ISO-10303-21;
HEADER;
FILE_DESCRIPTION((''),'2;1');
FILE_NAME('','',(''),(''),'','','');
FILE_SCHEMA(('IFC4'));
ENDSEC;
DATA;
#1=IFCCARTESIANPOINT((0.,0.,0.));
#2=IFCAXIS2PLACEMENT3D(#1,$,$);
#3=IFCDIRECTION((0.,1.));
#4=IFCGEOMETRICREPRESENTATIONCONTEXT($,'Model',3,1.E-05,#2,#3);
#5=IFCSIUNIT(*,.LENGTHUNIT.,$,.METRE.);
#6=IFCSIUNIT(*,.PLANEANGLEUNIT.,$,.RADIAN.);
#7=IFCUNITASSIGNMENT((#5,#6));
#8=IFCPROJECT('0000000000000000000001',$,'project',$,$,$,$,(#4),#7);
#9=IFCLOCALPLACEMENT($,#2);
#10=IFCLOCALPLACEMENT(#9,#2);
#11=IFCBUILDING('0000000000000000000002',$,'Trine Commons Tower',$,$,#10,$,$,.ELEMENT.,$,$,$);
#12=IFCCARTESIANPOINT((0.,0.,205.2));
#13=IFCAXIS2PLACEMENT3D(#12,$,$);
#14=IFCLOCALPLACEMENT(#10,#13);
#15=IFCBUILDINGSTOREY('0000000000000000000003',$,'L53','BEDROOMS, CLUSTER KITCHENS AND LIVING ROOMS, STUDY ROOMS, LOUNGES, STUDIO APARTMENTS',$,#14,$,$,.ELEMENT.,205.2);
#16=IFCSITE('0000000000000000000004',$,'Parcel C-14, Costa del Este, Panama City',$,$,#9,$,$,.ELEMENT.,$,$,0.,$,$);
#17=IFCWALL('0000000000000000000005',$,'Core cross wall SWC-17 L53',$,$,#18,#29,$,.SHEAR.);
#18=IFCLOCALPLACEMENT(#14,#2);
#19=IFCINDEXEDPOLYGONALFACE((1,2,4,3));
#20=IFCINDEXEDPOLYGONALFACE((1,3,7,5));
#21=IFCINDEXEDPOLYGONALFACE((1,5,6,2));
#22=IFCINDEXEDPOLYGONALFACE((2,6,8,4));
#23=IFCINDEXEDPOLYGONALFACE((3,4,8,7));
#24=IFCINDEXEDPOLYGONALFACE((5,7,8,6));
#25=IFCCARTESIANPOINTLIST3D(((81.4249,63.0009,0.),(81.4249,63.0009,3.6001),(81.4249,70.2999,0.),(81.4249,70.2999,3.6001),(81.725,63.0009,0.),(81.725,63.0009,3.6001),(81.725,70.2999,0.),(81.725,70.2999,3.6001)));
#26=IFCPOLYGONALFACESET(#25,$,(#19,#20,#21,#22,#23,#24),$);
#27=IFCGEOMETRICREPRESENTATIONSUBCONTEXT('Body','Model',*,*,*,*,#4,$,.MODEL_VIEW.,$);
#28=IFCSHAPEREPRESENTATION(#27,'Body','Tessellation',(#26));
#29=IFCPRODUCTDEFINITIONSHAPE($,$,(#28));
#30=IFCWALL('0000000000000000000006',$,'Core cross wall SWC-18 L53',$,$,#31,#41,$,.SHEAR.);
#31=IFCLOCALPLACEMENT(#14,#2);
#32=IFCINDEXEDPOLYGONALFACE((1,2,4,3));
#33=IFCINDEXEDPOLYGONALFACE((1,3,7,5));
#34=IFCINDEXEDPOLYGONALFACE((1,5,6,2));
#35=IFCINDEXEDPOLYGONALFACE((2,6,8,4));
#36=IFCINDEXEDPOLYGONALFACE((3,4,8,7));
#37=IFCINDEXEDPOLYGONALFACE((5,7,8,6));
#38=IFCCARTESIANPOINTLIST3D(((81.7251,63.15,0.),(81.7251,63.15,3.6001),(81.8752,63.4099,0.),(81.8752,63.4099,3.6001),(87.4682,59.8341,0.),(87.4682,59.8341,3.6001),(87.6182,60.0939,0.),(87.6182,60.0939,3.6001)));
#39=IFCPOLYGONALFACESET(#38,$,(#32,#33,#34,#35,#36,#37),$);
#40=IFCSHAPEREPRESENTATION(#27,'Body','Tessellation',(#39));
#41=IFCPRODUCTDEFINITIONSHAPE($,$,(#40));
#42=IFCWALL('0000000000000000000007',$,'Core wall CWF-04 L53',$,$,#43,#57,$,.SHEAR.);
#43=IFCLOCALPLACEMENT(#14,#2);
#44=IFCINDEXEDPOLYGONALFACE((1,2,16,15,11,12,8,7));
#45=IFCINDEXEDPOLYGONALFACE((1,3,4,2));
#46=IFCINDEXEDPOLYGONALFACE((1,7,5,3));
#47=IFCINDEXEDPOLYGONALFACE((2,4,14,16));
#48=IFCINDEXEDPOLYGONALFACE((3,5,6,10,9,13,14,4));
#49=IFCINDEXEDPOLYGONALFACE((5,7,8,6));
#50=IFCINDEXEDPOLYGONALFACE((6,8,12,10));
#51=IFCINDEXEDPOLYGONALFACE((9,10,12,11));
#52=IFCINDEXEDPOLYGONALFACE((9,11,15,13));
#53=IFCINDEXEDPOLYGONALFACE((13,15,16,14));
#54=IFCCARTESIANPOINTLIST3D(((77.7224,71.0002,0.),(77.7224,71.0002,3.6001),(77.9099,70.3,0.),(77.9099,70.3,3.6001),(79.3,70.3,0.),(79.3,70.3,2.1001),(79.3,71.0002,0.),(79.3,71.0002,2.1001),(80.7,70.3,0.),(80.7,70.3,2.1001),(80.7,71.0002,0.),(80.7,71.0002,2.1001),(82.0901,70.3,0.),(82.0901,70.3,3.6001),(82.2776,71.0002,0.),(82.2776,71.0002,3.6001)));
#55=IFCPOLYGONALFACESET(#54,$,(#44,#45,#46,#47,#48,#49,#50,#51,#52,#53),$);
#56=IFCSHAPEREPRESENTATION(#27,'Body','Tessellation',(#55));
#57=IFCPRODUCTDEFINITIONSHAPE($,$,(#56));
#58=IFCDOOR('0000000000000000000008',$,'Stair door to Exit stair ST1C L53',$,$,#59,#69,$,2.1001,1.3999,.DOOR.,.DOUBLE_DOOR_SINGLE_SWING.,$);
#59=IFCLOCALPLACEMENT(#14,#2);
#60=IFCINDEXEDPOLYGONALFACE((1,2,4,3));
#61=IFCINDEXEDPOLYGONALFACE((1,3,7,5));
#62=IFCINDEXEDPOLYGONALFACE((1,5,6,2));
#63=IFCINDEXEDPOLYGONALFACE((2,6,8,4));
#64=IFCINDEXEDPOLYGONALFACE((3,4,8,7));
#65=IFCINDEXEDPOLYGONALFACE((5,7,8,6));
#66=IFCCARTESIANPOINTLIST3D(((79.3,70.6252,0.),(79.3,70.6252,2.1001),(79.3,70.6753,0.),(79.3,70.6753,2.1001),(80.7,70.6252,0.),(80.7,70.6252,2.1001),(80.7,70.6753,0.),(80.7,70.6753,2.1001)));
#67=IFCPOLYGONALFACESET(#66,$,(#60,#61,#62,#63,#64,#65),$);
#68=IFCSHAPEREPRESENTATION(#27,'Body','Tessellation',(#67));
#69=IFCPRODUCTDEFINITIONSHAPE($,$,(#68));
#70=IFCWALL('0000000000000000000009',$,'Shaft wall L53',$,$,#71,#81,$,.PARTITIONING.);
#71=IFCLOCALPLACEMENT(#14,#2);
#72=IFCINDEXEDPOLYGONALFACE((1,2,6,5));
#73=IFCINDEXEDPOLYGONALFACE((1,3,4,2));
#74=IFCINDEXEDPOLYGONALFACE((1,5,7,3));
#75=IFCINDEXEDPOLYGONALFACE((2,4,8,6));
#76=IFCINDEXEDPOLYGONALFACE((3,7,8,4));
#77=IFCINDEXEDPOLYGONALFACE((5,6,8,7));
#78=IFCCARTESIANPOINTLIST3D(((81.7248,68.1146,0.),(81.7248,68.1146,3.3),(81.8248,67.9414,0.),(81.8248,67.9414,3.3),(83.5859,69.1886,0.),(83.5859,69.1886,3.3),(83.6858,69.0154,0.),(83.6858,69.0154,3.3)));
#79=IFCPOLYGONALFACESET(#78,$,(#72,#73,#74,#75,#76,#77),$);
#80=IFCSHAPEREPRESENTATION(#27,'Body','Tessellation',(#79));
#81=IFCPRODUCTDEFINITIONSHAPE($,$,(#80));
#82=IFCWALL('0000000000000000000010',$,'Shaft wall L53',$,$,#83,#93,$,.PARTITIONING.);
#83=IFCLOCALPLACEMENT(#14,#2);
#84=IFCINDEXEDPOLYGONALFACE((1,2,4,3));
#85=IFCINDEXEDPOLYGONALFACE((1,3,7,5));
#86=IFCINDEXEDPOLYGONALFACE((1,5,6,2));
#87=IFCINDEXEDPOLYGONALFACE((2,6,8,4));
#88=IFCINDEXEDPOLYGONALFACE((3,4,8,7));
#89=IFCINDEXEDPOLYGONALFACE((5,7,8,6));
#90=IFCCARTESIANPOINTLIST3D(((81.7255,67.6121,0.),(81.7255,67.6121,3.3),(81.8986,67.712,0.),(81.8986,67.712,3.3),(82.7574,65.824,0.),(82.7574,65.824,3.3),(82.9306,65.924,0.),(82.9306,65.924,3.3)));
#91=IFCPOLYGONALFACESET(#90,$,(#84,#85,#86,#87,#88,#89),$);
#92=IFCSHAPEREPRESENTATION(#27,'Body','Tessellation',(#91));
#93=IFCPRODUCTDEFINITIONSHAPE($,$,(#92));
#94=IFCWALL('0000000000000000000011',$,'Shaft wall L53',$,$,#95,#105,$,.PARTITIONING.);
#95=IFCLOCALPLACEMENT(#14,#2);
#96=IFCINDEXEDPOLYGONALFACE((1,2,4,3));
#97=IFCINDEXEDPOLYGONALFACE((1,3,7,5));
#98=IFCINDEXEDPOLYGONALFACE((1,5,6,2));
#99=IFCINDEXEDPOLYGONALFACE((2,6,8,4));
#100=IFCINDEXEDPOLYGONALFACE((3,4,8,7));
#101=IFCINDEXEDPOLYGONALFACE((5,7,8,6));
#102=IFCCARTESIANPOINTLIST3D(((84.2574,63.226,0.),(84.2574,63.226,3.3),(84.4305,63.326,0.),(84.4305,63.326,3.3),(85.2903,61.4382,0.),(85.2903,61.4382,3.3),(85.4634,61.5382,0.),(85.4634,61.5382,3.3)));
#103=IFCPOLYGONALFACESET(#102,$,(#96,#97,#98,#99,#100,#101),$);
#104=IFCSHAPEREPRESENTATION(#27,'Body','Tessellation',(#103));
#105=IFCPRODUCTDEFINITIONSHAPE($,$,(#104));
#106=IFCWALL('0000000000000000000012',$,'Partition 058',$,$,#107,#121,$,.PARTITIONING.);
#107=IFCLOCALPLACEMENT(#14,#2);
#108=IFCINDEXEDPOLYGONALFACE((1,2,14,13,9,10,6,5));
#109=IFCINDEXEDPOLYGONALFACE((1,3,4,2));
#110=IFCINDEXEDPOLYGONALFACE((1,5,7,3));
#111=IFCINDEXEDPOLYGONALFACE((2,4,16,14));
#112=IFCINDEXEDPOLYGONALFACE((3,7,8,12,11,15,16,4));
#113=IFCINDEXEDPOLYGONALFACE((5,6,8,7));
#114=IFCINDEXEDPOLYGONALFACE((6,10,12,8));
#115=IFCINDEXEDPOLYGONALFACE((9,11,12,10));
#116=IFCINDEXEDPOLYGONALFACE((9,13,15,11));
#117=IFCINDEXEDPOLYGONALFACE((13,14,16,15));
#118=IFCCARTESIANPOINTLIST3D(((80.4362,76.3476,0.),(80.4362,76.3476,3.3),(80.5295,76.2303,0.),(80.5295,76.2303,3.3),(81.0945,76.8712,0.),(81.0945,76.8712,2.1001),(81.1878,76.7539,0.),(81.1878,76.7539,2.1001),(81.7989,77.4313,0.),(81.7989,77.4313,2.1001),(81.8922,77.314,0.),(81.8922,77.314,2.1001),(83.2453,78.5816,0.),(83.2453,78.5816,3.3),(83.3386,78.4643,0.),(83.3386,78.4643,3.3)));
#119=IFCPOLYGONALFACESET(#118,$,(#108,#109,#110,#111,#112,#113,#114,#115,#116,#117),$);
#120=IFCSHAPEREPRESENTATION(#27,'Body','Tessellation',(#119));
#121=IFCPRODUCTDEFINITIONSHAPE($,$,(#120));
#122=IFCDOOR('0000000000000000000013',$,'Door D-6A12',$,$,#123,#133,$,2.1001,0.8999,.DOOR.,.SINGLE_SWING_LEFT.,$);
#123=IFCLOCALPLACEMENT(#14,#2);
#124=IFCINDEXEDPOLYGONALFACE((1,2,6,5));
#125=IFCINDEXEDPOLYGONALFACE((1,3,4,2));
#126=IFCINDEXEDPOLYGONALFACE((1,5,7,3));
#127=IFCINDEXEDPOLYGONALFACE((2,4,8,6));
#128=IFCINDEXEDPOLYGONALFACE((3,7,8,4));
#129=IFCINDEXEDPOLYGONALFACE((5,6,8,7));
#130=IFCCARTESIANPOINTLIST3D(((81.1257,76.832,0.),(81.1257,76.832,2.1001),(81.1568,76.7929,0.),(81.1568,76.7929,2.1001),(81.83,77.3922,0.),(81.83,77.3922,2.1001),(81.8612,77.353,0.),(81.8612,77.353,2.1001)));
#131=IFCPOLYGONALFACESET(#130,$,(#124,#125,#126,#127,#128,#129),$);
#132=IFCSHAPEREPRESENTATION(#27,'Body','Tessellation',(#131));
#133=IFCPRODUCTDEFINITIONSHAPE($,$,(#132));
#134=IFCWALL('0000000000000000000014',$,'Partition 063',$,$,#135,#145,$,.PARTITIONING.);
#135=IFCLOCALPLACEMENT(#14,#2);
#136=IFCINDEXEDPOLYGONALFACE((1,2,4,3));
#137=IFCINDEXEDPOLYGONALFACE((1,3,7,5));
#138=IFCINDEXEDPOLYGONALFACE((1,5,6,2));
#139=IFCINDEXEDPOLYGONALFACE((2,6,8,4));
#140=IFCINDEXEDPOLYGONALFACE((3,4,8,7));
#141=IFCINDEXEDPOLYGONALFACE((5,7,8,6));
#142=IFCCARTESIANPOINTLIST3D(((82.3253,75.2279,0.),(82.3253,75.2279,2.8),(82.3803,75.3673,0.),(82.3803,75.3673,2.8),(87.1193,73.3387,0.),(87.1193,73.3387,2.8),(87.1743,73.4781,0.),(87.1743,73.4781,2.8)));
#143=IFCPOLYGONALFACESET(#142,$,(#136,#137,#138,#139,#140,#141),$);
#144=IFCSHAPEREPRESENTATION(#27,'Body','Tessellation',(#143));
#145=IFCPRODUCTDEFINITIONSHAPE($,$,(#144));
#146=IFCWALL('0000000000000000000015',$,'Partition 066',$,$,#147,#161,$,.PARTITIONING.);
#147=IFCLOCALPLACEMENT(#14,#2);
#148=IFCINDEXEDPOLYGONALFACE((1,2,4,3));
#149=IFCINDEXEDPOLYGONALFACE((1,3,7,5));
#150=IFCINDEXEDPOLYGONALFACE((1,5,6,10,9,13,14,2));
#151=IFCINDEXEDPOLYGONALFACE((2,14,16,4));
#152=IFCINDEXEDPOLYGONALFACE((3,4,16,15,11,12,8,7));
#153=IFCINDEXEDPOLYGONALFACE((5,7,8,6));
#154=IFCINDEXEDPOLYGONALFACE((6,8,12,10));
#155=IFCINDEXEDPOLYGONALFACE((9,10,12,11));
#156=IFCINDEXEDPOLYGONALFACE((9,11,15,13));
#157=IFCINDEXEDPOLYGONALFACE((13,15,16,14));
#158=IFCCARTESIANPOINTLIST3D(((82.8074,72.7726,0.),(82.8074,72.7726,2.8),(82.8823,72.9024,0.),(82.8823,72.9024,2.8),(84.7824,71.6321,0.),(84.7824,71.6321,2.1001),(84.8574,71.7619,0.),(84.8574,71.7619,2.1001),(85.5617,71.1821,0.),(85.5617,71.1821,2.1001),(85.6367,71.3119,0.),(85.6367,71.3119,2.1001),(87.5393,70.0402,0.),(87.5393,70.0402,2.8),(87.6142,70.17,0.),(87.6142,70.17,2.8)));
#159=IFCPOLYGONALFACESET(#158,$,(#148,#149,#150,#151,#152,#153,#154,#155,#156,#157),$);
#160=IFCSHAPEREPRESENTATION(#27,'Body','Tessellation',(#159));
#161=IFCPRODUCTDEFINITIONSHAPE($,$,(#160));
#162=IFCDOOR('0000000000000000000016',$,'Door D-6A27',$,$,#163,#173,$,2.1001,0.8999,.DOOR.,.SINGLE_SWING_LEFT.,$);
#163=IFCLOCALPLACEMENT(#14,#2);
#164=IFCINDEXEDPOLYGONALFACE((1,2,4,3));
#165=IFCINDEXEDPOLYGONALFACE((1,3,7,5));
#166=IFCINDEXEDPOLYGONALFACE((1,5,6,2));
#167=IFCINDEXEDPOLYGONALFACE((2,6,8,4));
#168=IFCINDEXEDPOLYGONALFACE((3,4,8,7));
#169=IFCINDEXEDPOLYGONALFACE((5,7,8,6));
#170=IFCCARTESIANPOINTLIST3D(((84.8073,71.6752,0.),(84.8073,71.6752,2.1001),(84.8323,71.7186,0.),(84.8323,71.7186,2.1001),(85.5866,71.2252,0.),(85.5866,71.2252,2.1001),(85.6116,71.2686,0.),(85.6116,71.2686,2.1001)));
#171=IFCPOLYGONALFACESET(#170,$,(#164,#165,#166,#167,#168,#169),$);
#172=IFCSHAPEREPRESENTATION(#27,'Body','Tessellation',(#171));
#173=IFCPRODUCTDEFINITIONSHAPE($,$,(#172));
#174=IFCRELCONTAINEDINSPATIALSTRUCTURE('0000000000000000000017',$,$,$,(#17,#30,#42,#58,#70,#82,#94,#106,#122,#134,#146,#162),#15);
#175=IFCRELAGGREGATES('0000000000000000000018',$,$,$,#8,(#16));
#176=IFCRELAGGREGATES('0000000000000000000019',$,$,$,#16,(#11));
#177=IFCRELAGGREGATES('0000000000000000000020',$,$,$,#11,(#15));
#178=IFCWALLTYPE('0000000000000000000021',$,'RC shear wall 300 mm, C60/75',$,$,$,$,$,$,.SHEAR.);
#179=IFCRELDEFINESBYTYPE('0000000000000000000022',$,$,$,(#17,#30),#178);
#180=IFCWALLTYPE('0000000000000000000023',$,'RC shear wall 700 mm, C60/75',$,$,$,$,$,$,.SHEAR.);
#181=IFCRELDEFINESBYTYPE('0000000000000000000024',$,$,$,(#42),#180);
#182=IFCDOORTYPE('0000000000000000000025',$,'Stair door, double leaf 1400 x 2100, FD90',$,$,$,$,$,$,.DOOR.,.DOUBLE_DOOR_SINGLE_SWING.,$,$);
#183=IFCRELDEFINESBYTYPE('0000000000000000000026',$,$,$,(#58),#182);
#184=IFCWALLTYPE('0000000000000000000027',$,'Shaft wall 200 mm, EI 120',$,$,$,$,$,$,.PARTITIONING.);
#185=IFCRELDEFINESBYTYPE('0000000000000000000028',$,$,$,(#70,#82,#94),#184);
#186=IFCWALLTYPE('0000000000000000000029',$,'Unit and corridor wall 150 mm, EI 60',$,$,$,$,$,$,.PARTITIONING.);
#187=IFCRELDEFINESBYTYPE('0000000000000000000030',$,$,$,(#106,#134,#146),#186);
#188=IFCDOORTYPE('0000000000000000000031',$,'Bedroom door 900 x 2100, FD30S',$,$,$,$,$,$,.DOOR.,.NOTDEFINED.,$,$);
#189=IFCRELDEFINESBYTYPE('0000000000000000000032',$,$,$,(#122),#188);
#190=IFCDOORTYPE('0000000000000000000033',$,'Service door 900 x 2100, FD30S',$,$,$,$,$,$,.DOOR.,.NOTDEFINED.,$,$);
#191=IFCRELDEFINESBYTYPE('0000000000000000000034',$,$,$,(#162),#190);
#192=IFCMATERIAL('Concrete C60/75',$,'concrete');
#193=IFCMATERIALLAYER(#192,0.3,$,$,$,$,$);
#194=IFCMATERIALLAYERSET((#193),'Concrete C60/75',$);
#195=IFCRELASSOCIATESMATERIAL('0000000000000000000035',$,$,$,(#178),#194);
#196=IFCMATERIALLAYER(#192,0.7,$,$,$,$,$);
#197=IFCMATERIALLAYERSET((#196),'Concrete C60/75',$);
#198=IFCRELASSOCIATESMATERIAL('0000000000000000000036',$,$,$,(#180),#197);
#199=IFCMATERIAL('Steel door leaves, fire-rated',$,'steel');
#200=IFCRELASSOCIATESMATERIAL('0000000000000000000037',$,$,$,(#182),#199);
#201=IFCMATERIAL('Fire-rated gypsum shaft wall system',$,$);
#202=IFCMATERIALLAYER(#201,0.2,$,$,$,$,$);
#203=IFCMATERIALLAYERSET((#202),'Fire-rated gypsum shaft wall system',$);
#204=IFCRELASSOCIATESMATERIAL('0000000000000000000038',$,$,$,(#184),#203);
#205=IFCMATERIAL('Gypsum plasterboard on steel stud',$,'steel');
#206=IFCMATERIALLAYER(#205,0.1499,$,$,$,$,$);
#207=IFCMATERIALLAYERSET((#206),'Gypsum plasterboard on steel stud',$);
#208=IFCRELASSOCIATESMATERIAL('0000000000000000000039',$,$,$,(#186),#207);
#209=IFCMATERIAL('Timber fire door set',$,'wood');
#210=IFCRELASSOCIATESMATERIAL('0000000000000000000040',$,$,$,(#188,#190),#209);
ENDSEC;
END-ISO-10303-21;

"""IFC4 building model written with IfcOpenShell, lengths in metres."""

from ifc_helpers import new_model, si_unit, direction, frame, frame_2d, origin, place, context, subcontext, project, spatial, polyline, rectangle, outline, extrude, material, layer, layer_set, type_object, element, fill, save


model = new_model("IFC4")

# Units and contexts
model_context = context("Model", 3, precision=1e-05, world=origin(), true_north=direction((0.0, 1.0)))
body_context = subcontext(model_context, "Body", "Model", "MODEL_VIEW")
ifc_project = project(units=[si_unit("LENGTHUNIT", "METRE"), si_unit("PLANEANGLEUNIT", "RADIAN")], contexts=[model_context])

# Site, building, storey
site_placement = place(None, origin())
site = spatial("IfcSite", under=ifc_project, at=site_placement, Name="Parcel C-14, Costa del Este, Panama City", CompositionType="ELEMENT", RefElevation=0.0)
building_placement = place(site_placement, origin())
building = spatial("IfcBuilding", under=site, at=building_placement, Name="Trine Commons Tower", CompositionType="ELEMENT")
storey_placement = place(building_placement, frame((0.0, 0.0, 205.2)))
storey = spatial("IfcBuildingStorey", under=building, at=storey_placement, Name="L53", Description="BEDROOMS, CLUSTER KITCHENS AND LIVING ROOMS, STUDY ROOMS, LOUNGES, STUDIO APARTMENTS", CompositionType="ELEMENT", Elevation=205.2)

# Shared definitions
ifc_material_1 = material(Name="Fire-rated gypsum shaft wall system")
ifc_material_2 = material(Name="Concrete C60/75", Category="concrete")
ifc_layer_1 = layer(ifc_material_2, 0.3)
ifc_layer_set_1 = layer_set([ifc_layer_1], Name="Concrete C60/75")
wall_type_1 = type_object("IfcWallType", Name="RC shear wall 300 mm, C60/75", PredefinedType="SHEAR", material=ifc_layer_set_1)

# Walls
wall_1_placement = place(storey_placement, frame((81.575, 63.001, 0.0), z_axis=(0.0, 0.0, 1.0), x_axis=(0.0, 1.0, 0.0)))
element("IfcWall", 1, at=wall_1_placement, inside=storey, type_object=wall_type_1, Name="Core cross wall SWC-17 L53", PredefinedType="SHEAR", context=body_context, shape_type="SweptSolid", body=[
    extrude(rectangle(XDim=7.2991, YDim=0.3, at=frame_2d((3.6494, 0.0))), origin(), (0.0, 0.0, 1.0), 3.6001),
])
wall_2_placement = place(storey_placement, frame((81.8, 63.28, 0.0), z_axis=(0.0, 0.0, 1.0), x_axis=(0.86601, -0.500027, 0.0)))
element("IfcWall", 2, at=wall_2_placement, inside=storey, type_object=wall_type_1, Name="Core cross wall SWC-18 L53", PredefinedType="SHEAR", context=body_context, shape_type="SweptSolid", body=[
    extrude(rectangle(XDim=6.6316, YDim=0.3, at=frame_2d((3.3159, 0.0))), origin(), (0.0, 0.0, 1.0), 3.6001),
])

# Wall, opening, door
ifc_layer_2 = layer(ifc_material_2, 0.7)
ifc_layer_set_2 = layer_set([ifc_layer_2], Name="Concrete C60/75")
wall_type_2 = type_object("IfcWallType", Name="RC shear wall 700 mm, C60/75", PredefinedType="SHEAR", material=ifc_layer_set_2)
wall_3_placement = place(storey_placement, frame((82.2776, 70.6501, 0.0), z_axis=(0.0, 0.0, 1.0), x_axis=(-1.0, 0.0, 0.0)))
wall_3 = element("IfcWall", 3, at=wall_3_placement, inside=storey, type_object=wall_type_2, Name="Core wall CWF-04 L53", PredefinedType="SHEAR", context=body_context, shape_type="SweptSolid", body=[
    extrude(outline(polyline([(0.0, -0.3501), (4.5552, -0.3501), (4.3677, 0.3501), (0.1875, 0.3501), (0.0, -0.3501)])), origin(), (0.0, 0.0, 1.0), 3.6001),
])
opening_1_placement = place(wall_3_placement, frame((1.5776, 0.0, 0.0)))
opening_1 = element("IfcOpeningElement", 4, at=opening_1_placement, cuts=wall_3, PredefinedType="OPENING", context=body_context, shape_type="SweptSolid", body=[
    extrude(rectangle(XDim=1.3999, YDim=2.1001, at=frame_2d((0.7, 1.05))), frame((0.0, 0.3599, 0.0), z_axis=(0.0, -1.0, 0.0), x_axis=(1.0, 0.0, 0.0)), (0.0, 0.0, 1.0), 0.72),
])
ifc_material_3 = material(Name="Steel door leaves, fire-rated", Category="steel")
door_type_1 = type_object("IfcDoorType", Name="Stair door, double leaf 1400 x 2100, FD90", OperationType="DOUBLE_DOOR_SINGLE_SWING", PredefinedType="DOOR", material=ifc_material_3)
door_1_placement = place(opening_1_placement, origin())
door_1 = element("IfcDoor", 5, at=door_1_placement, inside=storey, type_object=door_type_1, Name="Stair door to Exit stair ST1C L53", OperationType="DOUBLE_DOOR_SINGLE_SWING", OverallHeight=2.1001, OverallWidth=1.3999, PredefinedType="DOOR", context=body_context, shape_type="SweptSolid", body=[
    extrude(rectangle(XDim=1.3999, YDim=2.1001, at=frame_2d((0.7, 1.05))), frame((0.0, 0.0249, 0.0), z_axis=(0.0, -1.0, 0.0), x_axis=(1.0, 0.0, 0.0)), (0.0, 0.0, 1.0), 0.05),
])
fill(opening_1, door_1)

# Walls
ifc_layer_3 = layer(ifc_material_1, 0.2)
ifc_layer_set_3 = layer_set([ifc_layer_3], Name="Fire-rated gypsum shaft wall system")
wall_type_3 = type_object("IfcWallType", Name="Shaft wall 200 mm, EI 120", PredefinedType="PARTITIONING", material=ifc_layer_set_3)
wall_4_placement = place(storey_placement, frame((81.7749, 68.0281, 0.0), z_axis=(0.0, 0.0, 1.0), x_axis=(0.866131, 0.499818, 0.0)))
element("IfcWall", 6, at=wall_4_placement, inside=storey, type_object=wall_type_3, Name="Shaft wall L53", PredefinedType="PARTITIONING", context=body_context, shape_type="SweptSolid", body=[
    extrude(rectangle(XDim=2.1487, YDim=0.2, at=frame_2d((1.0742, 0.0))), origin(), (0.0, 0.0, 1.0), 3.3),
])
wall_5_placement = place(storey_placement, frame((82.844, 65.874, 0.0), z_axis=(0.0, 0.0, 1.0), x_axis=(-0.499866, 0.866103, 0.0)))
element("IfcWall", 7, at=wall_5_placement, inside=storey, type_object=wall_type_3, Name="Shaft wall L53", PredefinedType="PARTITIONING", context=body_context, shape_type="SweptSolid", body=[
    extrude(rectangle(XDim=2.0645, YDim=0.2, at=frame_2d((1.0322, 0.0))), origin(), (0.0, 0.0, 1.0), 3.3),
])
wall_6_placement = place(storey_placement, frame((84.344, 63.2759, 0.0), z_axis=(0.0, 0.0, 1.0), x_axis=(0.500272, -0.865868, 0.0)))
element("IfcWall", 8, at=wall_6_placement, inside=storey, type_object=wall_type_3, Name="Shaft wall L53", PredefinedType="PARTITIONING", context=body_context, shape_type="SweptSolid", body=[
    extrude(rectangle(XDim=2.0647, YDim=0.2, at=frame_2d((1.0322, 0.0))), origin(), (0.0, 0.0, 1.0), 3.3),
])

# Wall, opening, door
ifc_material_4 = material(Name="Gypsum plasterboard on steel stud", Category="steel")
ifc_layer_4 = layer(ifc_material_4, 0.1499)
ifc_layer_set_4 = layer_set([ifc_layer_4], Name="Gypsum plasterboard on steel stud")
wall_type_4 = type_object("IfcWallType", Name="Unit and corridor wall 150 mm, EI 60", PredefinedType="PARTITIONING", material=ifc_layer_set_4)
wall_7_placement = place(storey_placement, frame((80.4829, 76.2891, 0.0), z_axis=(0.0, 0.0, 1.0), x_axis=(0.782684, 0.622419, 0.0)))
wall_7 = element("IfcWall", 9, at=wall_7_placement, inside=storey, type_object=wall_type_4, Name="Partition 058", PredefinedType="PARTITIONING", context=body_context, shape_type="SweptSolid", body=[
    extrude(rectangle(XDim=3.5891, YDim=0.1499, at=frame_2d((1.7944, 0.0))), origin(), (0.0, 0.0, 1.0), 3.3),
])
opening_2_placement = place(wall_7_placement, frame((0.8411, 0.0, 0.0)))
opening_2 = element("IfcOpeningElement", 10, at=opening_2_placement, cuts=wall_7, PredefinedType="OPENING", context=body_context, shape_type="SweptSolid", body=[
    extrude(rectangle(XDim=0.8999, YDim=2.1001, at=frame_2d((0.45, 1.05))), frame((0.0, 0.085, 0.0), z_axis=(0.0, -1.0, 0.0), x_axis=(1.0, 0.0, 0.0)), (0.0, 0.0, 1.0), 0.1699),
])
ifc_material_5 = material(Name="Timber fire door set", Category="wood")
door_type_2 = type_object("IfcDoorType", Name="Bedroom door 900 x 2100, FD30S", OperationType="NOTDEFINED", PredefinedType="DOOR", material=ifc_material_5)
door_2_placement = place(opening_2_placement, origin())
door_2 = element("IfcDoor", 11, at=door_2_placement, inside=storey, type_object=door_type_2, Name="Door D-6A12", OperationType="SINGLE_SWING_LEFT", OverallHeight=2.1001, OverallWidth=0.8999, PredefinedType="DOOR", context=body_context, shape_type="SweptSolid", body=[
    extrude(rectangle(XDim=0.8999, YDim=2.1001, at=frame_2d((0.45, 1.05))), frame((0.0, 0.0249, 0.0), z_axis=(0.0, -1.0, 0.0), x_axis=(1.0, 0.0, 0.0)), (0.0, 0.0, 1.0), 0.05),
])
fill(opening_2, door_2)

# Wall
wall_8_placement = place(storey_placement, frame((82.3528, 75.2976, 0.0), z_axis=(0.0, 0.0, 1.0), x_axis=(0.930366, -0.366631, 0.0)))
element("IfcWall", 12, at=wall_8_placement, inside=storey, type_object=wall_type_4, Name="Partition 063", PredefinedType="PARTITIONING", context=body_context, shape_type="SweptSolid", body=[
    extrude(rectangle(XDim=5.1528, YDim=0.1499, at=frame_2d((2.5764, 0.0))), origin(), (0.0, 0.0, 1.0), 2.8),
])

# Wall, opening, door
wall_9_placement = place(storey_placement, frame((82.845, 72.8374, 0.0), z_axis=(0.0, 0.0, 1.0), x_axis=(0.865991, -0.50006, 0.0)))
wall_9 = element("IfcWall", 13, at=wall_9_placement, inside=storey, type_object=wall_type_4, Name="Partition 066", PredefinedType="PARTITIONING", context=body_context, shape_type="SweptSolid", body=[
    extrude(rectangle(XDim=5.4641, YDim=0.1499, at=frame_2d((2.7319, 0.0))), origin(), (0.0, 0.0, 1.0), 2.8),
])
opening_3_placement = place(wall_9_placement, frame((2.2805, 0.0, 0.0)))
opening_3 = element("IfcOpeningElement", 14, at=opening_3_placement, cuts=wall_9, PredefinedType="OPENING", context=body_context, shape_type="SweptSolid", body=[
    extrude(rectangle(XDim=0.8999, YDim=2.1001, at=frame_2d((0.45, 1.05))), frame((0.0, 0.085, 0.0), z_axis=(0.0, -1.0, 0.0), x_axis=(1.0, 0.0, 0.0)), (0.0, 0.0, 1.0), 0.1699),
])
door_type_3 = type_object("IfcDoorType", Name="Service door 900 x 2100, FD30S", OperationType="NOTDEFINED", PredefinedType="DOOR", material=ifc_material_5)
door_3_placement = place(opening_3_placement, origin())
door_3 = element("IfcDoor", 15, at=door_3_placement, inside=storey, type_object=door_type_3, Name="Door D-6A27", OperationType="SINGLE_SWING_LEFT", OverallHeight=2.1001, OverallWidth=0.8999, PredefinedType="DOOR", context=body_context, shape_type="SweptSolid", body=[
    extrude(rectangle(XDim=0.8999, YDim=2.1001, at=frame_2d((0.45, 1.05))), frame((0.0, 0.0249, 0.0), z_axis=(0.0, -1.0, 0.0), x_axis=(1.0, 0.0, 0.0)), (0.0, 0.0, 1.0), 0.05),
])
fill(opening_3, door_3)

save(model, "model.ifc")
